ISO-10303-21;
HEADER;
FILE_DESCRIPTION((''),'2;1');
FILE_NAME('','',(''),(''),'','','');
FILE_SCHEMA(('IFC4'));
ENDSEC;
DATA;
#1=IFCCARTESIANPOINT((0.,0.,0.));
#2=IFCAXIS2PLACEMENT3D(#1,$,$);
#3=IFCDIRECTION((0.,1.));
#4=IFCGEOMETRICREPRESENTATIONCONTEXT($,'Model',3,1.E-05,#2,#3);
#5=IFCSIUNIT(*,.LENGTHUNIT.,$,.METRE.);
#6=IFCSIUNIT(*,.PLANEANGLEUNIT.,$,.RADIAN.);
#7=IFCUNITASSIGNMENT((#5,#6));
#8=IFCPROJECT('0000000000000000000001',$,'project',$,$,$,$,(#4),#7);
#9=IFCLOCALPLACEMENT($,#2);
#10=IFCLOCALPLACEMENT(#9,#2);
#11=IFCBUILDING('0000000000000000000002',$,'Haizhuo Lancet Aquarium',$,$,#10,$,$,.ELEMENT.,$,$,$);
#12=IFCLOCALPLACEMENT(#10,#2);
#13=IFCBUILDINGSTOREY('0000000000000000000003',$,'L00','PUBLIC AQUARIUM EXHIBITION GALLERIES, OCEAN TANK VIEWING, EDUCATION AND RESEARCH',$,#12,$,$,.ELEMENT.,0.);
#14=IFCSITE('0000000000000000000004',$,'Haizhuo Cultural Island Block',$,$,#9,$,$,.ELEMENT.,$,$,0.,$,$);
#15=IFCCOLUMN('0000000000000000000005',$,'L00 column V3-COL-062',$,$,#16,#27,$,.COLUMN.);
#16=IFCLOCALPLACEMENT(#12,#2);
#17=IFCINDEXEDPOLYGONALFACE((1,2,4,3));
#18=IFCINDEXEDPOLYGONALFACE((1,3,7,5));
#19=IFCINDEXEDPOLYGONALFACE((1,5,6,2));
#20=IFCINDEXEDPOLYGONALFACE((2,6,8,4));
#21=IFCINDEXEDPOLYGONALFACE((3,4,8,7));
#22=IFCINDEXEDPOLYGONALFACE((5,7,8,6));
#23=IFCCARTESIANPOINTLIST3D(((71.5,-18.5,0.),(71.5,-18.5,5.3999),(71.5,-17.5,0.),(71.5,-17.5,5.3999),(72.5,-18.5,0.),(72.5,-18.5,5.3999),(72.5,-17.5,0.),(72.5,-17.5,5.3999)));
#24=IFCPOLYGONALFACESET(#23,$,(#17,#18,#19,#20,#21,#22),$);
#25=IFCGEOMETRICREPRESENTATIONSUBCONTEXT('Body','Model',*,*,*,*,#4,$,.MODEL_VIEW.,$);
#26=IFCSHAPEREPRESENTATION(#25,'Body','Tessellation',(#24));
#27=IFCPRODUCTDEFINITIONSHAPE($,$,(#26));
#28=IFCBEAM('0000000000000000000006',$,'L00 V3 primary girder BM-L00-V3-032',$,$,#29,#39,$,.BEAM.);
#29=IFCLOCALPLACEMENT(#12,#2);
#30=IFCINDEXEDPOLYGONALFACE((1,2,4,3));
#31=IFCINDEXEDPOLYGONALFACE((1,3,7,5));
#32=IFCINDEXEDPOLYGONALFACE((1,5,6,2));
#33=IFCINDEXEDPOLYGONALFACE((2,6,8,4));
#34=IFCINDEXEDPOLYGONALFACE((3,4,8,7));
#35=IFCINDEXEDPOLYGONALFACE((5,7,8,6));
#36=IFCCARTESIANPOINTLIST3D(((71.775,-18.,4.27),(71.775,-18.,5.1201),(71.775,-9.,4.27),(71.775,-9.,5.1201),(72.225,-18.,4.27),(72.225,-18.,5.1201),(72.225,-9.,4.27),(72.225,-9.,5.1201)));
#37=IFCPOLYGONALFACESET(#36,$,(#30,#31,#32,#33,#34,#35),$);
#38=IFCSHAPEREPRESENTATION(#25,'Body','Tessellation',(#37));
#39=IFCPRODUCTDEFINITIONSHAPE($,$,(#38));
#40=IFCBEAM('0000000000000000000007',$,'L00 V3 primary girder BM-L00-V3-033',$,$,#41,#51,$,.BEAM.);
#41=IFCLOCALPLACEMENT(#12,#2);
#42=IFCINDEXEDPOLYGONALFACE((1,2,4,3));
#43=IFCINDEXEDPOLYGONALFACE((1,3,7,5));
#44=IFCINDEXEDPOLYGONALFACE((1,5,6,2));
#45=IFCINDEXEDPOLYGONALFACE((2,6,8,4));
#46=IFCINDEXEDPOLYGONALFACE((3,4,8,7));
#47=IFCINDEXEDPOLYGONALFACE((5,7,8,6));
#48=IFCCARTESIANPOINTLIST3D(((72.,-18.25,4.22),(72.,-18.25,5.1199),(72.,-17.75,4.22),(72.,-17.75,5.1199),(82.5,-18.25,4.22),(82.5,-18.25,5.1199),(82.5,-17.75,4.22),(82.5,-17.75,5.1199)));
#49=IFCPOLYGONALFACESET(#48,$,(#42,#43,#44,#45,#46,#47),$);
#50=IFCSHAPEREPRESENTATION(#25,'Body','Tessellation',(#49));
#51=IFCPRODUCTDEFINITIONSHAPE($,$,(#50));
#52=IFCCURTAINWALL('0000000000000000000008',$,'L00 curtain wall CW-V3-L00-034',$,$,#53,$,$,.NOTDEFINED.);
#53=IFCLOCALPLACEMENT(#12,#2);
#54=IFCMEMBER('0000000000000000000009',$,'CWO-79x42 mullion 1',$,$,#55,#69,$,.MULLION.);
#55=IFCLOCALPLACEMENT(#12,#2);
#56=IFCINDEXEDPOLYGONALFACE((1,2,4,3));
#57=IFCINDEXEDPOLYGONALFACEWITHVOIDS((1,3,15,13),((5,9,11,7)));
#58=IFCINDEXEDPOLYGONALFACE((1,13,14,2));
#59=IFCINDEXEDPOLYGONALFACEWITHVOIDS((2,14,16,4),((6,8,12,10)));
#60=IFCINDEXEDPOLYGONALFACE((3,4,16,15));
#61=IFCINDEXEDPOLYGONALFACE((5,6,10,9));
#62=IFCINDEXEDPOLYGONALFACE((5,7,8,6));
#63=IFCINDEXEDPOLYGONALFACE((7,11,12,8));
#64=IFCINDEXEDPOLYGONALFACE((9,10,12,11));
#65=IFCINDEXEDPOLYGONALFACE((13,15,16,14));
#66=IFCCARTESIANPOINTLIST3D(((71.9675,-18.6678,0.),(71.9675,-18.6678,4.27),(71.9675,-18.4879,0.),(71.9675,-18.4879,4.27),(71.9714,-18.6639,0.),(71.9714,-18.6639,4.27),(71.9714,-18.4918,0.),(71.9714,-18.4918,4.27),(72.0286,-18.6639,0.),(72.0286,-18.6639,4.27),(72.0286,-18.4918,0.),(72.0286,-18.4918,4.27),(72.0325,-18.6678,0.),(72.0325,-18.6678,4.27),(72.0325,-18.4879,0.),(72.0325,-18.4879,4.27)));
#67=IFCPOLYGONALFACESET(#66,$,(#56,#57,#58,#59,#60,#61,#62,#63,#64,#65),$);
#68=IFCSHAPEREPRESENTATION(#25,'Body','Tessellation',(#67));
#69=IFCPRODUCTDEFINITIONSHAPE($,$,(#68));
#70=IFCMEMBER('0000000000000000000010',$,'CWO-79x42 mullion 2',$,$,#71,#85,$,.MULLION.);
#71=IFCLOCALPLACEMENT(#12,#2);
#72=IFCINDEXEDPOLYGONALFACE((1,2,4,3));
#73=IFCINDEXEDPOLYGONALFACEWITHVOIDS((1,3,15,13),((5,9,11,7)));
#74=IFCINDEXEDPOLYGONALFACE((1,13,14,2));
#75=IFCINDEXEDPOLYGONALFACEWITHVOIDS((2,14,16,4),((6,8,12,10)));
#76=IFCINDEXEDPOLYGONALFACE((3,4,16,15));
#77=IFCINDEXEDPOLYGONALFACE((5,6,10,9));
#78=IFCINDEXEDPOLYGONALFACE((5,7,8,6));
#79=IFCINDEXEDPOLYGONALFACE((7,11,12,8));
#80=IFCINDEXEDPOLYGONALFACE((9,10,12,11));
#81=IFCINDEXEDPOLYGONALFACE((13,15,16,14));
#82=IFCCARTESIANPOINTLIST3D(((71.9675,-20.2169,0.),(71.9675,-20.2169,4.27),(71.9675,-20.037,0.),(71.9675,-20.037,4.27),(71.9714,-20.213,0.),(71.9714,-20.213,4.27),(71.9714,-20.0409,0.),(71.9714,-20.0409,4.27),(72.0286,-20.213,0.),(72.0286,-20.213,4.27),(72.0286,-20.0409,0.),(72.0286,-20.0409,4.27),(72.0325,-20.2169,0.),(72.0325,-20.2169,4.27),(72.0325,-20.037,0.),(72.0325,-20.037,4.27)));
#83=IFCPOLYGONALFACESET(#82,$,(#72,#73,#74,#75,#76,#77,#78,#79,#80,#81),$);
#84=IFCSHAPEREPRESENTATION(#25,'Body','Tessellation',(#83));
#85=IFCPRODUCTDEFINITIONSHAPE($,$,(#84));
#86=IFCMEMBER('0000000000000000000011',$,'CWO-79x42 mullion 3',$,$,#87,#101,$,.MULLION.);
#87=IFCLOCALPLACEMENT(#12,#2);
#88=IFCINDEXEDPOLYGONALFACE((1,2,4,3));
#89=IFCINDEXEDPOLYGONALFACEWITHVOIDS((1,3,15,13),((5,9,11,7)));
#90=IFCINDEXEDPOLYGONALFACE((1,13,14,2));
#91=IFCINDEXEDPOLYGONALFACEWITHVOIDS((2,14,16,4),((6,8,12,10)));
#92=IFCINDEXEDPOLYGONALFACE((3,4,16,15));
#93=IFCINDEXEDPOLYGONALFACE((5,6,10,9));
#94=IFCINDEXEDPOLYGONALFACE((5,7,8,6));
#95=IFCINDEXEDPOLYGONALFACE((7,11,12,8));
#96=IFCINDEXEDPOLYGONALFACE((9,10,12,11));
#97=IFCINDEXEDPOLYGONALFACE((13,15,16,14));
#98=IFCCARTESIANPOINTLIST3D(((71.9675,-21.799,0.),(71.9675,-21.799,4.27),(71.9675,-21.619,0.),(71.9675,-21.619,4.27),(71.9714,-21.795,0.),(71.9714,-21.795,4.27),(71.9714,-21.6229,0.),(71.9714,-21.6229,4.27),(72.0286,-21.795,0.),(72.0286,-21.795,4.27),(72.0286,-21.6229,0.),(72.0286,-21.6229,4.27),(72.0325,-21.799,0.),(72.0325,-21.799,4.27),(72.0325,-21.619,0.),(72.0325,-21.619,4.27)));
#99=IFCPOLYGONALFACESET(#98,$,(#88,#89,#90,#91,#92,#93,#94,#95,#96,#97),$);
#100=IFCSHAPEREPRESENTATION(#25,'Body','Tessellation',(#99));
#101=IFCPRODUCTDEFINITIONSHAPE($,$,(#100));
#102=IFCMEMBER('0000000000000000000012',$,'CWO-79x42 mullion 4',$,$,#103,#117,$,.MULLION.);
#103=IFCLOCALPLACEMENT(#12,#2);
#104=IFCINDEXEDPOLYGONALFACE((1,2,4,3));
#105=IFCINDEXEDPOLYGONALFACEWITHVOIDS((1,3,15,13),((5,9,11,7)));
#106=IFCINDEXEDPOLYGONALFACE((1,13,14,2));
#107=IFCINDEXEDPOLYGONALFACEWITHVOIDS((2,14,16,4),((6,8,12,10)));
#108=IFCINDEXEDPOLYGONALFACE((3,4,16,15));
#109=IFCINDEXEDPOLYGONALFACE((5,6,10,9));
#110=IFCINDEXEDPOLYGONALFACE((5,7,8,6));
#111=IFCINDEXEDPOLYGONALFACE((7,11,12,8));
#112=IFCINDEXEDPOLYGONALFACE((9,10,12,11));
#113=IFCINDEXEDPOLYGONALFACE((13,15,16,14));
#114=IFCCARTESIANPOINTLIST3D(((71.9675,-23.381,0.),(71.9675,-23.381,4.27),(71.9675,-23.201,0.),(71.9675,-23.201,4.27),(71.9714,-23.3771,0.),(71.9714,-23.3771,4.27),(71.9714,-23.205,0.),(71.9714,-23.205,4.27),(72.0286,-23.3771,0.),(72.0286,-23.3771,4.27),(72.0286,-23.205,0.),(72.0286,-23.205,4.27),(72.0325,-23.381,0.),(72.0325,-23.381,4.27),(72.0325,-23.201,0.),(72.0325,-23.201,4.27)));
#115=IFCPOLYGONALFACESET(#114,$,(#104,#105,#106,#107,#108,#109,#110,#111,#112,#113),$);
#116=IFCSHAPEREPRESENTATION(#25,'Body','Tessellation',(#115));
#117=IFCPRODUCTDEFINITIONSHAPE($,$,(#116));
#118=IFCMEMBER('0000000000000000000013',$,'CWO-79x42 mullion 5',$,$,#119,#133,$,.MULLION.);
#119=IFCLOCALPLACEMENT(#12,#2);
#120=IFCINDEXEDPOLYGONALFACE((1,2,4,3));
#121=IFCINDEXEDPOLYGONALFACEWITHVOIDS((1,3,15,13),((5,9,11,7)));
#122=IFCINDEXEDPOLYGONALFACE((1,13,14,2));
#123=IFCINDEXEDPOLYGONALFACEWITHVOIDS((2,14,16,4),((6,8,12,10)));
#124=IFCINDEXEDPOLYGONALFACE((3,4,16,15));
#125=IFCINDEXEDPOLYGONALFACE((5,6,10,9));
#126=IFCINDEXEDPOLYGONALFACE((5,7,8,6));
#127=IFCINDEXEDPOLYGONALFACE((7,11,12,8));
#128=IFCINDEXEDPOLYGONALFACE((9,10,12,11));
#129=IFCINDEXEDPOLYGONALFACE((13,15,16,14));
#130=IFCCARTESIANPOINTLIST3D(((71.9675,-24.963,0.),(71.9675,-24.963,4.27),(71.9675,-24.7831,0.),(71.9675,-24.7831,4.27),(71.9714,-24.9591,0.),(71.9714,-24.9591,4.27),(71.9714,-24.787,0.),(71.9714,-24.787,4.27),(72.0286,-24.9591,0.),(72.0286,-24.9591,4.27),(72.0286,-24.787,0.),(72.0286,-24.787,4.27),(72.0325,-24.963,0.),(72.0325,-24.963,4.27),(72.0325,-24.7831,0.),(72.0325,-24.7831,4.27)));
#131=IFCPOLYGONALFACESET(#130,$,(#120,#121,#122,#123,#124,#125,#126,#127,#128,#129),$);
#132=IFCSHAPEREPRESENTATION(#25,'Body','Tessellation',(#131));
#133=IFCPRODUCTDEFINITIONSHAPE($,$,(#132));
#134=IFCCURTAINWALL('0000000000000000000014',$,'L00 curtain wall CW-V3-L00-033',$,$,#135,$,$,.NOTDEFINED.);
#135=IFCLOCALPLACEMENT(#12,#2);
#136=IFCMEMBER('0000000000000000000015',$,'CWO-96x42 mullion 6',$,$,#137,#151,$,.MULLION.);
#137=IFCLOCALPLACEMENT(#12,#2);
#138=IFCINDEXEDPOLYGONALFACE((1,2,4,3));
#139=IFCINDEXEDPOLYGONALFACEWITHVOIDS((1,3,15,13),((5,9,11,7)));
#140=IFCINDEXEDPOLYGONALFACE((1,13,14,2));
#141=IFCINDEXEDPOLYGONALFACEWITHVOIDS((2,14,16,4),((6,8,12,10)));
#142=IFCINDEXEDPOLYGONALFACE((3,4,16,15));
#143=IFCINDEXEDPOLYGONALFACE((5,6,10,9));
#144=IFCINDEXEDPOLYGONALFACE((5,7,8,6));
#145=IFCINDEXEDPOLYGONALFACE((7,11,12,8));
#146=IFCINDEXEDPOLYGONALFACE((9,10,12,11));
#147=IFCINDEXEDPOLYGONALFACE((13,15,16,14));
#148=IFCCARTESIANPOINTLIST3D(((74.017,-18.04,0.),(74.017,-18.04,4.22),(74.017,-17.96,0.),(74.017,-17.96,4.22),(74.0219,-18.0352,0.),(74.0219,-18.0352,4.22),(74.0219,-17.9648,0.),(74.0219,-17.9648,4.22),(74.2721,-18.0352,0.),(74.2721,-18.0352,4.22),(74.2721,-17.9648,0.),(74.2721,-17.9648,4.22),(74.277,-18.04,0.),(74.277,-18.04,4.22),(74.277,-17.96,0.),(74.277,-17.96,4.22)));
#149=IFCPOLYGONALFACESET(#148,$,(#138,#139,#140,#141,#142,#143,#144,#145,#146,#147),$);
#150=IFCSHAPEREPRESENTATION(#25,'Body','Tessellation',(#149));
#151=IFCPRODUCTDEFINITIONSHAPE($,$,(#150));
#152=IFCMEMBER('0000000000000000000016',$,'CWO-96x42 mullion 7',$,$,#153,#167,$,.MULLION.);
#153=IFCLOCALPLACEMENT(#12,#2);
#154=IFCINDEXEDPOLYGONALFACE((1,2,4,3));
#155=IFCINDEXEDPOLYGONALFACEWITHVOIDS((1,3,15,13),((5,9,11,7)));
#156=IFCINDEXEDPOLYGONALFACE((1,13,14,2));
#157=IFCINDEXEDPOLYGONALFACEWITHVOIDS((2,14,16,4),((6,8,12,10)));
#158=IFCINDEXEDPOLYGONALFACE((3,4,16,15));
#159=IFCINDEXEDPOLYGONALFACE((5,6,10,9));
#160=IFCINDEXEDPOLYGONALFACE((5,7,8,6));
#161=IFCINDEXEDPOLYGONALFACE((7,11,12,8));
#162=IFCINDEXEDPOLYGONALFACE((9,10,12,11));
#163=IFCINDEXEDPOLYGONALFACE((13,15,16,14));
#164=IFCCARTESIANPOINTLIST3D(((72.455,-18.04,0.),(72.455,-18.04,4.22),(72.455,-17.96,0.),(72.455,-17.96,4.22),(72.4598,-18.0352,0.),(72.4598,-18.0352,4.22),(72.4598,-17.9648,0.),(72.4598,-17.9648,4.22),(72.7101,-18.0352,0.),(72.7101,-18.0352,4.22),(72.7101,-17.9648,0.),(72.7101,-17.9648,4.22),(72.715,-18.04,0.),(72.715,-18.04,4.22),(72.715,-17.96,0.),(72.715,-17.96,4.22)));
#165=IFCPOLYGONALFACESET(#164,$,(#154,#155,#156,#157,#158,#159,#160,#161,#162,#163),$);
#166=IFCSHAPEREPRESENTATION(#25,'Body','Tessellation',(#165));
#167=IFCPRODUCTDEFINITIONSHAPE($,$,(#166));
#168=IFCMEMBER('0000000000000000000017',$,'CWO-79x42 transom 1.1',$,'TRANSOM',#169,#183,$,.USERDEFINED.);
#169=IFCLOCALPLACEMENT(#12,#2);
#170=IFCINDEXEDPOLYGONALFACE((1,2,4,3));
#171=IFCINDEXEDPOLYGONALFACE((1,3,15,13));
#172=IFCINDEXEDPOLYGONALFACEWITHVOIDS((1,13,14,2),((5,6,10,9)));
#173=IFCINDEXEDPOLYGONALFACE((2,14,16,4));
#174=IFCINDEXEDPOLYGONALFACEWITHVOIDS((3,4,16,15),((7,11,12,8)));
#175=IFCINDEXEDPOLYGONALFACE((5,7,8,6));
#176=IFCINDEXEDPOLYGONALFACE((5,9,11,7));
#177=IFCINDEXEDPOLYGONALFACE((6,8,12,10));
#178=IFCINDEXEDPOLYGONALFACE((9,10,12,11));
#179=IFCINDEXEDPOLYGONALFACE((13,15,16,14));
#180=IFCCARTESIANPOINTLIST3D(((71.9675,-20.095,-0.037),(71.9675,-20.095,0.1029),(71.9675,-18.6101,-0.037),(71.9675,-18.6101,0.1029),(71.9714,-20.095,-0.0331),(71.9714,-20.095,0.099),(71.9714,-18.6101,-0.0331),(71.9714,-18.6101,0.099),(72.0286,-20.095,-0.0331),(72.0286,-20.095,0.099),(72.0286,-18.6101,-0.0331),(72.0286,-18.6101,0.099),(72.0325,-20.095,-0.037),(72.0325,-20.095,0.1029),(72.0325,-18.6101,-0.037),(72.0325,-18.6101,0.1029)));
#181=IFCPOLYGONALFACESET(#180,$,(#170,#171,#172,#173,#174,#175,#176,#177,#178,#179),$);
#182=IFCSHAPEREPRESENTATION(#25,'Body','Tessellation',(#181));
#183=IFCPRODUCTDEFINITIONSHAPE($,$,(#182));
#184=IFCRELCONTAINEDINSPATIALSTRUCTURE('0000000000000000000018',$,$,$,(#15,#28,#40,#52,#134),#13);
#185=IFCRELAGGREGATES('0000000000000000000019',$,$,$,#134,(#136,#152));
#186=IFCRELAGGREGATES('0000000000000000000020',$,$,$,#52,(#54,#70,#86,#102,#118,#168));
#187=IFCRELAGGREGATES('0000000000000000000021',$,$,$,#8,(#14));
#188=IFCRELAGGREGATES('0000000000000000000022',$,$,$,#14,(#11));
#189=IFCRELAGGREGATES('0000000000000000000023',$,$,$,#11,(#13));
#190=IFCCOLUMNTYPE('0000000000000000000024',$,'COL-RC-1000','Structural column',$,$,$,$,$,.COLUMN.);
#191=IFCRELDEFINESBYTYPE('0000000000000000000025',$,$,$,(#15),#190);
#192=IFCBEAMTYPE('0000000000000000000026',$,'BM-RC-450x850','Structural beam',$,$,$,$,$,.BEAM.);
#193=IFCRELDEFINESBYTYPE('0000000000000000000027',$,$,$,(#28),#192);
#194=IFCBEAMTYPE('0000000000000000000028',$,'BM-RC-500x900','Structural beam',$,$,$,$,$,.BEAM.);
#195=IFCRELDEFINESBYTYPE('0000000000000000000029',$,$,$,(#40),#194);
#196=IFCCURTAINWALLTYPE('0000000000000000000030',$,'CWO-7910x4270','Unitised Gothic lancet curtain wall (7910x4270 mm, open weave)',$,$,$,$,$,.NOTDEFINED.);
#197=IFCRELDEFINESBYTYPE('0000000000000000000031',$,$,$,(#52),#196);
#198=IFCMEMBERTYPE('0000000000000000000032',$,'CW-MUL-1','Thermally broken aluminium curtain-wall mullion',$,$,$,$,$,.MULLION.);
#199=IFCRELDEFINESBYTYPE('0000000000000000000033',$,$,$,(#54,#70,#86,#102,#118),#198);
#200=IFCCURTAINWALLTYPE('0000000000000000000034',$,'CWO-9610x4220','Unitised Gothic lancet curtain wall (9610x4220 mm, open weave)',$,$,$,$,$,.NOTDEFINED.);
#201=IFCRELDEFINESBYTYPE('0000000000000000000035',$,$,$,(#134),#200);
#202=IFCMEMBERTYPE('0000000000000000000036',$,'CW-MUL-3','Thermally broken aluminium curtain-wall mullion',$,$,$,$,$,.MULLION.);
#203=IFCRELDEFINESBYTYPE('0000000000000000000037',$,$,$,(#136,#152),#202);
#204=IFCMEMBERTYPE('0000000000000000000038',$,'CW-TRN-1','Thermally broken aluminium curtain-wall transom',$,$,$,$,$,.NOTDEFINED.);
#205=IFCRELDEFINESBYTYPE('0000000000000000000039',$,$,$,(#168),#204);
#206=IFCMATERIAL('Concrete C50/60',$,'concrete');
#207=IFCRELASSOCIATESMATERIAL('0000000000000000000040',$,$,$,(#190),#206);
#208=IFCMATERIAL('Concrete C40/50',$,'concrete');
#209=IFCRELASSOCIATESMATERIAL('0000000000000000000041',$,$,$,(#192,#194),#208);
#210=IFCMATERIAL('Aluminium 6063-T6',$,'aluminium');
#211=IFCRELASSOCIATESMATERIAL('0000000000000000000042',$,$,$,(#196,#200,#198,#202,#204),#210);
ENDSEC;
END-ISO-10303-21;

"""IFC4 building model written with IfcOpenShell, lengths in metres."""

from ifc_helpers import new_model, si_unit, direction, frame, origin, origin_2d, place, context, subcontext, project, spatial, rectangle, hollow_rectangle, extrude, material, material_profile, profile_set, type_object, element, aggregate, save


model = new_model("IFC4")

# Units and contexts
model_context = context("Model", 3, precision=1e-05, world=origin(), true_north=direction((0.0, 1.0)))
body_context = subcontext(model_context, "Body", "Model", "MODEL_VIEW")
ifc_project = project(units=[si_unit("LENGTHUNIT", "METRE"), si_unit("PLANEANGLEUNIT", "RADIAN")], contexts=[model_context])

# Site, building, storey
site_placement = place(None, origin())
site = spatial("IfcSite", under=ifc_project, at=site_placement, Name="Haizhuo Cultural Island Block", CompositionType="ELEMENT", RefElevation=0.0)
building_placement = place(site_placement, origin())
building = spatial("IfcBuilding", under=site, at=building_placement, Name="Haizhuo Lancet Aquarium", CompositionType="ELEMENT")
storey_placement = place(building_placement, origin())
storey = spatial("IfcBuildingStorey", under=building, at=storey_placement, Name="L00", Description="PUBLIC AQUARIUM EXHIBITION GALLERIES, OCEAN TANK VIEWING, EDUCATION AND RESEARCH", CompositionType="ELEMENT", Elevation=0.0)

# Column
ifc_material_1 = material(Name="Concrete C50/60", Category="concrete")
ifc_material_profile_1 = material_profile(ifc_material_1, rectangle(XDim=1.0, YDim=1.0, at=origin_2d()), Name="RC-COL 1000x1000")
ifc_profile_set_1 = profile_set([ifc_material_profile_1], Name="Concrete C50/60")
column_type = type_object("IfcColumnType", Name="COL-RC-1000", Description="Structural column", PredefinedType="COLUMN", material=ifc_profile_set_1)
column_placement = place(storey_placement, frame((72.0, -18.0, 0.0), z_axis=(0.0, 0.0, 1.0), x_axis=(1.0, 0.0, 0.0)))
element("IfcColumn", 1, at=column_placement, inside=storey, type_object=column_type, Name="L00 column V3-COL-062", PredefinedType="COLUMN", context=body_context, shape_type="SweptSolid", body=[
    extrude(rectangle(XDim=1.0, YDim=1.0, at=origin_2d()), origin(), (0.0, 0.0, 1.0), 5.3999),
])

# Beams
ifc_material_2 = material(Name="Concrete C40/50", Category="concrete")
ifc_material_profile_2 = material_profile(ifc_material_2, rectangle(XDim=0.45, YDim=0.8501, at=origin_2d()), Name="RC-BM 450x850")
ifc_profile_set_2 = profile_set([ifc_material_profile_2], Name="Concrete C40/50")
beam_type_1 = type_object("IfcBeamType", Name="BM-RC-450x850", Description="Structural beam", PredefinedType="BEAM", material=ifc_profile_set_2)
beam_1_placement = place(storey_placement, frame((72.0, -18.0, 4.6951), z_axis=(0.0, 1.0, 0.0), x_axis=(-1.0, 0.0, 0.0)))
element("IfcBeam", 2, at=beam_1_placement, inside=storey, type_object=beam_type_1, Name="L00 V3 primary girder BM-L00-V3-032", PredefinedType="BEAM", context=body_context, shape_type="SweptSolid", body=[
    extrude(rectangle(XDim=0.45, YDim=0.8501, at=origin_2d()), origin(), (0.0, 0.0, 1.0), 9.0),
])
ifc_material_profile_3 = material_profile(ifc_material_2, rectangle(XDim=0.5, YDim=0.8999, at=origin_2d()), Name="RC-BM 500x900")
ifc_profile_set_3 = profile_set([ifc_material_profile_3], Name="Concrete C40/50")
beam_type_2 = type_object("IfcBeamType", Name="BM-RC-500x900", Description="Structural beam", PredefinedType="BEAM", material=ifc_profile_set_3)
beam_2_placement = place(storey_placement, frame((72.0, -18.0, 4.6699), z_axis=(1.0, 0.0, 0.0), x_axis=(0.0, 1.0, 0.0)))
element("IfcBeam", 3, at=beam_2_placement, inside=storey, type_object=beam_type_2, Name="L00 V3 primary girder BM-L00-V3-033", PredefinedType="BEAM", context=body_context, shape_type="SweptSolid", body=[
    extrude(rectangle(XDim=0.5, YDim=0.8999, at=origin_2d()), origin(), (0.0, 0.0, 1.0), 10.5),
])

# Curtain walls, members
ifc_material_3 = material(Name="Aluminium 6063-T6", Category="aluminium")
curtain_wall_type_1 = type_object("IfcCurtainWallType", Name="CWO-7910x4270", Description="Unitised Gothic lancet curtain wall (7910x4270 mm, open weave)", PredefinedType="NOTDEFINED", material=ifc_material_3)
curtain_wall_1_placement = place(storey_placement, origin())
curtain_wall_1 = element("IfcCurtainWall", 4, at=curtain_wall_1_placement, inside=storey, type_object=curtain_wall_type_1, Name="L00 curtain wall CW-V3-L00-034", PredefinedType="NOTDEFINED")
ifc_material_profile_4 = material_profile(ifc_material_3, hollow_rectangle(XDim=0.0649, YDim=0.1799, WallThickness=0.0039, at=origin_2d()), Name="ALU-M 65x180x4")
ifc_profile_set_4 = profile_set([ifc_material_profile_4], Name="Aluminium 6063-T6")
member_type_1 = type_object("IfcMemberType", Name="CW-MUL-1", Description="Thermally broken aluminium curtain-wall mullion", PredefinedType="MULLION", material=ifc_profile_set_4)
member_1_placement = place(storey_placement, frame((72.0, -18.5779, 0.0), z_axis=(0.0, 0.0, 1.0), x_axis=(1.0, 0.0, 0.0)))
member_1 = element("IfcMember", 5, at=member_1_placement, type_object=member_type_1, Name="CWO-79x42 mullion 1", PredefinedType="MULLION", context=body_context, shape_type="SweptSolid", body=[
    extrude(hollow_rectangle(XDim=0.0649, YDim=0.1799, WallThickness=0.0039, at=origin_2d()), origin(), (0.0, 0.0, 1.0), 4.27),
])
member_2_placement = place(storey_placement, frame((72.0, -20.127, 0.0), z_axis=(0.0, 0.0, 1.0), x_axis=(1.0, 0.0, 0.0)))
member_2 = element("IfcMember", 6, at=member_2_placement, type_object=member_type_1, Name="CWO-79x42 mullion 2", PredefinedType="MULLION", context=body_context, shape_type="SweptSolid", body=[
    extrude(hollow_rectangle(XDim=0.0649, YDim=0.1799, WallThickness=0.0039, at=origin_2d()), origin(), (0.0, 0.0, 1.0), 4.27),
])
member_3_placement = place(storey_placement, frame((72.0, -21.709, 0.0), z_axis=(0.0, 0.0, 1.0), x_axis=(1.0, 0.0, 0.0)))
member_3 = element("IfcMember", 7, at=member_3_placement, type_object=member_type_1, Name="CWO-79x42 mullion 3", PredefinedType="MULLION", context=body_context, shape_type="SweptSolid", body=[
    extrude(hollow_rectangle(XDim=0.0649, YDim=0.1799, WallThickness=0.0039, at=origin_2d()), origin(), (0.0, 0.0, 1.0), 4.27),
])
member_4_placement = place(storey_placement, frame((72.0, -23.291, 0.0), z_axis=(0.0, 0.0, 1.0), x_axis=(1.0, 0.0, 0.0)))
member_4 = element("IfcMember", 8, at=member_4_placement, type_object=member_type_1, Name="CWO-79x42 mullion 4", PredefinedType="MULLION", context=body_context, shape_type="SweptSolid", body=[
    extrude(hollow_rectangle(XDim=0.0649, YDim=0.1799, WallThickness=0.0039, at=origin_2d()), origin(), (0.0, 0.0, 1.0), 4.27),
])
member_5_placement = place(storey_placement, frame((72.0, -24.873, 0.0), z_axis=(0.0, 0.0, 1.0), x_axis=(1.0, 0.0, 0.0)))
member_5 = element("IfcMember", 9, at=member_5_placement, type_object=member_type_1, Name="CWO-79x42 mullion 5", PredefinedType="MULLION", context=body_context, shape_type="SweptSolid", body=[
    extrude(hollow_rectangle(XDim=0.0649, YDim=0.1799, WallThickness=0.0039, at=origin_2d()), origin(), (0.0, 0.0, 1.0), 4.27),
])
curtain_wall_type_2 = type_object("IfcCurtainWallType", Name="CWO-9610x4220", Description="Unitised Gothic lancet curtain wall (9610x4220 mm, open weave)", PredefinedType="NOTDEFINED", material=ifc_material_3)
curtain_wall_2_placement = place(storey_placement, origin())
curtain_wall_2 = element("IfcCurtainWall", 10, at=curtain_wall_2_placement, inside=storey, type_object=curtain_wall_type_2, Name="L00 curtain wall CW-V3-L00-033", PredefinedType="NOTDEFINED")
ifc_material_profile_5 = material_profile(ifc_material_3, hollow_rectangle(XDim=0.0801, YDim=0.26, WallThickness=0.0049, at=origin_2d()), Name="ALU-M 80x260x5")
ifc_profile_set_5 = profile_set([ifc_material_profile_5], Name="Aluminium 6063-T6")
member_type_2 = type_object("IfcMemberType", Name="CW-MUL-3", Description="Thermally broken aluminium curtain-wall mullion", PredefinedType="MULLION", material=ifc_profile_set_5)
member_6_placement = place(storey_placement, frame((74.147, -18.0, 0.0), z_axis=(0.0, 0.0, 1.0), x_axis=(0.0, -1.0, 0.0)))
member_6 = element("IfcMember", 11, at=member_6_placement, type_object=member_type_2, Name="CWO-96x42 mullion 6", PredefinedType="MULLION", context=body_context, shape_type="SweptSolid", body=[
    extrude(hollow_rectangle(XDim=0.0801, YDim=0.26, WallThickness=0.0049, at=origin_2d()), origin(), (0.0, 0.0, 1.0), 4.22),
])
member_7_placement = place(storey_placement, frame((72.585, -18.0, 0.0), z_axis=(0.0, 0.0, 1.0), x_axis=(0.0, -1.0, 0.0)))
member_7 = element("IfcMember", 12, at=member_7_placement, type_object=member_type_2, Name="CWO-96x42 mullion 7", PredefinedType="MULLION", context=body_context, shape_type="SweptSolid", body=[
    extrude(hollow_rectangle(XDim=0.0801, YDim=0.26, WallThickness=0.0049, at=origin_2d()), origin(), (0.0, 0.0, 1.0), 4.22),
])

# Member
ifc_material_profile_6 = material_profile(ifc_material_3, hollow_rectangle(XDim=0.0649, YDim=0.1399, WallThickness=0.0039, at=origin_2d()), Name="ALU-T 65x140x4")
ifc_profile_set_6 = profile_set([ifc_material_profile_6], Name="Aluminium 6063-T6")
member_type_3 = type_object("IfcMemberType", Name="CW-TRN-1", Description="Thermally broken aluminium curtain-wall transom", PredefinedType="NOTDEFINED", material=ifc_profile_set_6)
member_8_placement = place(storey_placement, frame((72.0, -18.6101, 0.033), z_axis=(0.0, -1.0, 0.0), x_axis=(1.0, 0.0, 0.0)))
member_8 = element("IfcMember", 13, at=member_8_placement, type_object=member_type_3, Name="CWO-79x42 transom 1.1", ObjectType="TRANSOM", PredefinedType="USERDEFINED", context=body_context, shape_type="SweptSolid", body=[
    extrude(hollow_rectangle(XDim=0.0649, YDim=0.1399, WallThickness=0.0039, at=origin_2d()), origin(), (0.0, 0.0, 1.0), 1.4849),
])

aggregate(curtain_wall_2, [member_6, member_7])
aggregate(curtain_wall_1, [member_1, member_2, member_3, member_4, member_5, member_8])

save(model, "model.ifc")
